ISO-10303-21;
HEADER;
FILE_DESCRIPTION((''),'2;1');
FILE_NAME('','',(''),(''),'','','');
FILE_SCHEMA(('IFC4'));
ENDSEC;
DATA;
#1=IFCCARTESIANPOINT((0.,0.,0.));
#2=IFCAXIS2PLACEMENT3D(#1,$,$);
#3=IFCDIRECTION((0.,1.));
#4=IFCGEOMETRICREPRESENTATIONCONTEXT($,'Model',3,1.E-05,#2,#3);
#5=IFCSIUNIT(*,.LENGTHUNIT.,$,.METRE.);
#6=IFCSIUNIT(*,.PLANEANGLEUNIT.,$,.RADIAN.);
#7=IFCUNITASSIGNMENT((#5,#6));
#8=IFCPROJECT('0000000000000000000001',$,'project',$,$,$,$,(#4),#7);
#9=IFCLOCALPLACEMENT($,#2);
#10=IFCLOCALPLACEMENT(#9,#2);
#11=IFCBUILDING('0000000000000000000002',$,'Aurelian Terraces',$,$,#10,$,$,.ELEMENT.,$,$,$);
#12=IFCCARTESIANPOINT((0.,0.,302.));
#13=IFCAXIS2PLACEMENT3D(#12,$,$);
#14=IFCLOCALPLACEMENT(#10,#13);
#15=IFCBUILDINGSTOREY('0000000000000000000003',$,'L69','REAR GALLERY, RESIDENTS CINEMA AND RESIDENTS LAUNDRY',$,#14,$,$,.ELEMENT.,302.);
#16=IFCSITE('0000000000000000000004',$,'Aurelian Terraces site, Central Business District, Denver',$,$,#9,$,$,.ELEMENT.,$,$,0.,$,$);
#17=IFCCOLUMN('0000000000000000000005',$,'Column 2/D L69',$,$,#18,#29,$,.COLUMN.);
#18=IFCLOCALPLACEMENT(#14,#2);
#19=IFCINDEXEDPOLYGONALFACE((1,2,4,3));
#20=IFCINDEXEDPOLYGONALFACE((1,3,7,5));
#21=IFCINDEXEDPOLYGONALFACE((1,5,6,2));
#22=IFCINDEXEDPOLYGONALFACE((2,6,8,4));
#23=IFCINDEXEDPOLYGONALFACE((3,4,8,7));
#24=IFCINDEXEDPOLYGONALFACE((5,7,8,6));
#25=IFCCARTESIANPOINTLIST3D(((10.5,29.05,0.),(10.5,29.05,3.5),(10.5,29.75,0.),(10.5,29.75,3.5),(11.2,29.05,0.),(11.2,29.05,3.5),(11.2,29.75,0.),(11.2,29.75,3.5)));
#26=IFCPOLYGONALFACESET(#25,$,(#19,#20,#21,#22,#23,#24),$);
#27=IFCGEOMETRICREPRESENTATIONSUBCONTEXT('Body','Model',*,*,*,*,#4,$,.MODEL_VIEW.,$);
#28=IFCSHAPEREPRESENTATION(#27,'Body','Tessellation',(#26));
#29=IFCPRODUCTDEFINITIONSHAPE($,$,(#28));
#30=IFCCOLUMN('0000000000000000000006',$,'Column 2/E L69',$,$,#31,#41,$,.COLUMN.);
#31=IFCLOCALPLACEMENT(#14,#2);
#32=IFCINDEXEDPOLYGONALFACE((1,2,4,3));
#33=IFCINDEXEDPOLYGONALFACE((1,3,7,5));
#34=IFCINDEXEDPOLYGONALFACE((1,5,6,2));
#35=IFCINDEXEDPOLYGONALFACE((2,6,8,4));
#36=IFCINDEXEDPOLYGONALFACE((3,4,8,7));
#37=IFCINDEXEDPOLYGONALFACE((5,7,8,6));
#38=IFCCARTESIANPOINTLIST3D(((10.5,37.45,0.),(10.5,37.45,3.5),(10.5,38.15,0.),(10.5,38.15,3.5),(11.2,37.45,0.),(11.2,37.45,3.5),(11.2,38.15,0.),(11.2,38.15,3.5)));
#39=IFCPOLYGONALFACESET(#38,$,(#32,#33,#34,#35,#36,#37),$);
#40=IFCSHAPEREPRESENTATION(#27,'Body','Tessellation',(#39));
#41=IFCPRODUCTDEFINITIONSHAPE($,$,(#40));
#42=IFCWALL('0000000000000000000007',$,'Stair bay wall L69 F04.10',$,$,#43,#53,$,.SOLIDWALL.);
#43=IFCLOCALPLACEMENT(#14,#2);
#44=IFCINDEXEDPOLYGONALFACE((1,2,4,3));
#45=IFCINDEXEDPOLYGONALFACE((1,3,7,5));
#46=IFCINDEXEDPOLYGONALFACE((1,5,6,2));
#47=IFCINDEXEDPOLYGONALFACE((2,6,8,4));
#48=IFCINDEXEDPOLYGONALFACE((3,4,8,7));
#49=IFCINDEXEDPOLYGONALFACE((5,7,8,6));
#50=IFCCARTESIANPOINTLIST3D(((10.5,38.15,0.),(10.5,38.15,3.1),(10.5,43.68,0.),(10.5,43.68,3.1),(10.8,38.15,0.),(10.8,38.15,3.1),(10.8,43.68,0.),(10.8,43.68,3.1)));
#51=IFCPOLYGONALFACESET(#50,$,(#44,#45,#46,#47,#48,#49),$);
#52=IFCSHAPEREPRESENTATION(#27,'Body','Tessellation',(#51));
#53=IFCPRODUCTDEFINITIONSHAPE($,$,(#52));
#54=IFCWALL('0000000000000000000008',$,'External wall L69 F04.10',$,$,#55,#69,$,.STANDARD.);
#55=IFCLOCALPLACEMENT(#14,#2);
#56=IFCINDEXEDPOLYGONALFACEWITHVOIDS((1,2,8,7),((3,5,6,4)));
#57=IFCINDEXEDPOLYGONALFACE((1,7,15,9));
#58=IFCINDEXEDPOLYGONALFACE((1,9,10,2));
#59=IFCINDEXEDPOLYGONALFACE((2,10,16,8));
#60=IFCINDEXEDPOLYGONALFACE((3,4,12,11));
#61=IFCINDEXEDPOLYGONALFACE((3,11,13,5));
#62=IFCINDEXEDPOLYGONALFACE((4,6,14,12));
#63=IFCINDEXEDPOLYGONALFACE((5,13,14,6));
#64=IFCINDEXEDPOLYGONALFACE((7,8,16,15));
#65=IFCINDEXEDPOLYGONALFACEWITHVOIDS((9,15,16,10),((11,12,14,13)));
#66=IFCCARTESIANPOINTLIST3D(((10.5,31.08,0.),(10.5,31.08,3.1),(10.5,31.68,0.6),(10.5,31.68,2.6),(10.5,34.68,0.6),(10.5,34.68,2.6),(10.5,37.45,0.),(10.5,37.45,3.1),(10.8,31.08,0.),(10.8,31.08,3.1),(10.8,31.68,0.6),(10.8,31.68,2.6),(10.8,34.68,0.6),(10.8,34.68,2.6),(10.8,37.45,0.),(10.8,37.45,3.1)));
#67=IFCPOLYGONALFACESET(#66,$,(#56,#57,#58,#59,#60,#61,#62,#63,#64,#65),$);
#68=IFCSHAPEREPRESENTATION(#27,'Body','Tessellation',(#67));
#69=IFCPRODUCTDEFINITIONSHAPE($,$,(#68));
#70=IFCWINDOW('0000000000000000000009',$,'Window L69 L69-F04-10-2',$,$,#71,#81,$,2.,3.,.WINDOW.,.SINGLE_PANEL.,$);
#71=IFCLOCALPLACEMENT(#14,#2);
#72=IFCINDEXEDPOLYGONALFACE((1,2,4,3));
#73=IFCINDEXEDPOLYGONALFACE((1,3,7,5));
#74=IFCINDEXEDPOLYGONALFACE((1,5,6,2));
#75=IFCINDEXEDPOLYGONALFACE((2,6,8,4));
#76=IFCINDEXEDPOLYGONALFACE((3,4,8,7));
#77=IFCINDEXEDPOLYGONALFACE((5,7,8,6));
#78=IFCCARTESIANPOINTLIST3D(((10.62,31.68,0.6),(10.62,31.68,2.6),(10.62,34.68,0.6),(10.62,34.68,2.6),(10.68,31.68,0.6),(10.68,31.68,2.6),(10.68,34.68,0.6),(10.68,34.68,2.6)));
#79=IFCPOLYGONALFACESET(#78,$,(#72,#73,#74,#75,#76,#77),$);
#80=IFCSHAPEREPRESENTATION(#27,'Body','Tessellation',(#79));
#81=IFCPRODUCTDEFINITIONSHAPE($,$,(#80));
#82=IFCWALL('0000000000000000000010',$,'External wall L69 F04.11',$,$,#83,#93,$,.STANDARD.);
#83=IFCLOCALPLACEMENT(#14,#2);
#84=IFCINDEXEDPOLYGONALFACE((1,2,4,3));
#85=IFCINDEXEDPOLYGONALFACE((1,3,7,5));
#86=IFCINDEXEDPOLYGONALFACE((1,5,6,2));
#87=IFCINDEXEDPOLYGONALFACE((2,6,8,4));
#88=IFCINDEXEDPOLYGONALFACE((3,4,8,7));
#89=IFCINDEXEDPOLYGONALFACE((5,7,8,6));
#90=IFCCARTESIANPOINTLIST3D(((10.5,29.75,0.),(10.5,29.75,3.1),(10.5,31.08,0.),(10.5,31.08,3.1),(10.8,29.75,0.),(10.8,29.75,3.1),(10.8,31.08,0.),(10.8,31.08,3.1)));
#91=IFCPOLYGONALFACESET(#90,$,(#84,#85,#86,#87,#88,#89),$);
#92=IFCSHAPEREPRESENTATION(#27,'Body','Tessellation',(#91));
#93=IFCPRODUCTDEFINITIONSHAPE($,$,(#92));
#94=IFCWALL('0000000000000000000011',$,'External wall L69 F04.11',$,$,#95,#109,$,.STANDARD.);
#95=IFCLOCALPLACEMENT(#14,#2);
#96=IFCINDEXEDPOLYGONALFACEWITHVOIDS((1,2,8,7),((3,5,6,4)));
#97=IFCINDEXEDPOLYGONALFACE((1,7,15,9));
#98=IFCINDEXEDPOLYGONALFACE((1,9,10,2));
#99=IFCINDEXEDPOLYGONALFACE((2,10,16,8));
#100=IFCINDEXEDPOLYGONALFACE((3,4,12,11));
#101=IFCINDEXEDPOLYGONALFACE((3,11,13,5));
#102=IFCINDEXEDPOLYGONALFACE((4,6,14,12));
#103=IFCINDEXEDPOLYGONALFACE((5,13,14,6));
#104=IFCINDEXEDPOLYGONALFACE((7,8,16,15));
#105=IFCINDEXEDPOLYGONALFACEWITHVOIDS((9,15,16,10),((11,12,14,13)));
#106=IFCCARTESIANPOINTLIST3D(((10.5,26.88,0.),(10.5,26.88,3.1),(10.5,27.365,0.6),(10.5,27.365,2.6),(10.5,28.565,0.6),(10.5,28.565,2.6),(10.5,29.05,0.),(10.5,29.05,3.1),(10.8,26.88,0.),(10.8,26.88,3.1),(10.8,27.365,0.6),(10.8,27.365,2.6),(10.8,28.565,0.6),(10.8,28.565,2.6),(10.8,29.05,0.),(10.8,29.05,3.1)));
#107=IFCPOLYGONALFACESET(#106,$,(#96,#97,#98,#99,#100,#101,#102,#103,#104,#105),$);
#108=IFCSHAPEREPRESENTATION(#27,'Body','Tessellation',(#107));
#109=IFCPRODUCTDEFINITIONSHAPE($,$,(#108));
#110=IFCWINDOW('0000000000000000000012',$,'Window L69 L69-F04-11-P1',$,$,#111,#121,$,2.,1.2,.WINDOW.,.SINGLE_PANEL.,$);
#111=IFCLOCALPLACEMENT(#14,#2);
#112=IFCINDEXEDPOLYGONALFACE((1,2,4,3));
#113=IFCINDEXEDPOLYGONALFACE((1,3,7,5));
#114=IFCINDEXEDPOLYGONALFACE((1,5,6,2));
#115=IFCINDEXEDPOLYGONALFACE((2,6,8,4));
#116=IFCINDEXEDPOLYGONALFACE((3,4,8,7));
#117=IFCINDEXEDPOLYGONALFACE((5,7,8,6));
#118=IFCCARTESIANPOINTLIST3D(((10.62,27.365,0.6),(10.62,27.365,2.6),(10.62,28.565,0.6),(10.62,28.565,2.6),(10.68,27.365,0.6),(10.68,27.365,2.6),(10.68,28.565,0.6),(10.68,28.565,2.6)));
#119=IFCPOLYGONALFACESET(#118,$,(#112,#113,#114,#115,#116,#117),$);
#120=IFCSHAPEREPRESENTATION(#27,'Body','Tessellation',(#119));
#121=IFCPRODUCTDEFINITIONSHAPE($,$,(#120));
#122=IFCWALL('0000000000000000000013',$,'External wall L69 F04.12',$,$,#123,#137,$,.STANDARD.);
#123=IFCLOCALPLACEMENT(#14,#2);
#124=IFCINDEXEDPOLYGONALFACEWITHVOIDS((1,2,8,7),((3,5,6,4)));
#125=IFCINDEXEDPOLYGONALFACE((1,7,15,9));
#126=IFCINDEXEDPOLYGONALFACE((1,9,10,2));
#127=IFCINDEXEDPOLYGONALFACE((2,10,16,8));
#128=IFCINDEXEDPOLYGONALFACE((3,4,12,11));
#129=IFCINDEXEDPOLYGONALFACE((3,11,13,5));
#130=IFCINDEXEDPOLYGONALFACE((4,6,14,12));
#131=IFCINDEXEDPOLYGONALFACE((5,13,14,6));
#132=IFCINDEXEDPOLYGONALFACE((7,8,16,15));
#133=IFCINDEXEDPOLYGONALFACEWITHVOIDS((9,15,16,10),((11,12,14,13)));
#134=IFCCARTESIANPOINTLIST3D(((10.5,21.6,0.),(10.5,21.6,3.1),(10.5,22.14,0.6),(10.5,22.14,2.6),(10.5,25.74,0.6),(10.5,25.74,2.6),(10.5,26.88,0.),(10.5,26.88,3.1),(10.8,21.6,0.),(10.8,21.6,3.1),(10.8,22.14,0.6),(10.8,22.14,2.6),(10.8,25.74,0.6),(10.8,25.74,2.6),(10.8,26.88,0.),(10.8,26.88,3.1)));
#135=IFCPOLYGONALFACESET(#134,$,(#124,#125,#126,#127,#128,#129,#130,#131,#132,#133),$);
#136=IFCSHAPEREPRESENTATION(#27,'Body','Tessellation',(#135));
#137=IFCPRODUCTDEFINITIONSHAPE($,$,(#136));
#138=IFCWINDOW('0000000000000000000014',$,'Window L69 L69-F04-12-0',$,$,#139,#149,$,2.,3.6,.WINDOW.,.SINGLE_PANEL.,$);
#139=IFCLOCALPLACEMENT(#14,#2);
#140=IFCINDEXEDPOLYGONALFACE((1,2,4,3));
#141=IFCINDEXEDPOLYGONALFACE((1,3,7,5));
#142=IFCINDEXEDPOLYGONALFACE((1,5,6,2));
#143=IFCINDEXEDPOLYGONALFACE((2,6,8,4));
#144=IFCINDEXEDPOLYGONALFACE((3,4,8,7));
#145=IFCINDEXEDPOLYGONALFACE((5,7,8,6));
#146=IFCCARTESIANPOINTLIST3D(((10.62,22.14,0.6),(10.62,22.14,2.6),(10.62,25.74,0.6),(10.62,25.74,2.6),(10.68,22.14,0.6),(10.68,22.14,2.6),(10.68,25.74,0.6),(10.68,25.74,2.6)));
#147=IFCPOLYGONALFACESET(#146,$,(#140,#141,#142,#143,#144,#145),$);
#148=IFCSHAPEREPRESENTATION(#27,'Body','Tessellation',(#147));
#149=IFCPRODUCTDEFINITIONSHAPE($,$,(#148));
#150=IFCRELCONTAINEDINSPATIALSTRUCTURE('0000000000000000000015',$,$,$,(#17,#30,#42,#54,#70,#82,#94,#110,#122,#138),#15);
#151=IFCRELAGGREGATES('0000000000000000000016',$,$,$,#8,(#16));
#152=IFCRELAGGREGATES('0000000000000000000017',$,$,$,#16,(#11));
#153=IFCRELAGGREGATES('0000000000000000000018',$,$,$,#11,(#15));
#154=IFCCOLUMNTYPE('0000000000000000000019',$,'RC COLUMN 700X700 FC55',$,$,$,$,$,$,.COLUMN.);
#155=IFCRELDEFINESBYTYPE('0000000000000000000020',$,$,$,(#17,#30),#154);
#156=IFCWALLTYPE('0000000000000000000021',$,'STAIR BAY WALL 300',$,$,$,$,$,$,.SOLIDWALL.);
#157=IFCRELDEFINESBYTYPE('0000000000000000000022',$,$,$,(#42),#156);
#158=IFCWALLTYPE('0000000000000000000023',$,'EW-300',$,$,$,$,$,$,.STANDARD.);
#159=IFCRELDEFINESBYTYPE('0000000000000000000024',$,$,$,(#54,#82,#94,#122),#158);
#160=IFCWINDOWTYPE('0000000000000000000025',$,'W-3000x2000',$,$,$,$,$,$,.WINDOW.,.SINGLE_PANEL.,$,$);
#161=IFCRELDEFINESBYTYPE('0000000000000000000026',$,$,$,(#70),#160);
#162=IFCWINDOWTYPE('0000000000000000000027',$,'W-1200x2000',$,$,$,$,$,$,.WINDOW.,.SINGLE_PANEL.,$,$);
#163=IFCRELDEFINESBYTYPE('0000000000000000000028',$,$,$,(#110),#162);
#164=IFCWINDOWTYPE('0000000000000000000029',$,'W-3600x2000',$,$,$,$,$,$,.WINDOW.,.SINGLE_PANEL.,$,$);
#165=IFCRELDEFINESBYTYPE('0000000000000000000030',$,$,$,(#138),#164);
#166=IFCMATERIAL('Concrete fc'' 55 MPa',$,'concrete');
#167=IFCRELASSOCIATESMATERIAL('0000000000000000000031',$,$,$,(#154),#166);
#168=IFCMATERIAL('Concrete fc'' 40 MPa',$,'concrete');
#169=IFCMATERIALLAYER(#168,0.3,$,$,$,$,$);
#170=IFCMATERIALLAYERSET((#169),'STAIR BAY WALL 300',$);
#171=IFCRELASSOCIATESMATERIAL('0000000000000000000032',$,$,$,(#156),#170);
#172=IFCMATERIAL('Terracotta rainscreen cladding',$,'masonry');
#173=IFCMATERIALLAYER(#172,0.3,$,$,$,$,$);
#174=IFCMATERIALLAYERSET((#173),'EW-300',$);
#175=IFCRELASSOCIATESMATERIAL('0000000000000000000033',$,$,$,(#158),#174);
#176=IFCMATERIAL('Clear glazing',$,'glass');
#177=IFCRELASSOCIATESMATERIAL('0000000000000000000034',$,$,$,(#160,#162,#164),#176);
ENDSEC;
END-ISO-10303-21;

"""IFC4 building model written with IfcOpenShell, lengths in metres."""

from ifc_helpers import new_model, si_unit, direction, frame, frame_2d, origin, origin_2d, place, context, subcontext, project, spatial, rectangle, extrude, source, transform, mapped, material, layer, layer_set, material_profile, profile_set, type_object, element, fill, save


model = new_model("IFC4")

# Units and contexts
model_context = context("Model", 3, precision=1e-05, world=origin(), true_north=direction((0.0, 1.0)))
body_context = subcontext(model_context, "Body", "Model", "MODEL_VIEW")
ifc_project = project(units=[si_unit("LENGTHUNIT", "METRE"), si_unit("PLANEANGLEUNIT", "RADIAN")], contexts=[model_context])

# Site, building, storey
site_placement = place(None, origin())
site = spatial("IfcSite", under=ifc_project, at=site_placement, Name="Aurelian Terraces site, Central Business District, Denver", CompositionType="ELEMENT", RefElevation=0.0)
building_placement = place(site_placement, origin())
building = spatial("IfcBuilding", under=site, at=building_placement, Name="Aurelian Terraces", CompositionType="ELEMENT")
storey_placement = place(building_placement, frame((0.0, 0.0, 302.0)))
storey = spatial("IfcBuildingStorey", under=building, at=storey_placement, Name="L69", Description="REAR GALLERY, RESIDENTS CINEMA AND RESIDENTS LAUNDRY", CompositionType="ELEMENT", Elevation=302.0)

# Columns
ifc_material_1 = material(Name="Concrete fc' 55 MPa", Category="concrete")
ifc_material_profile = material_profile(ifc_material_1, rectangle(XDim=0.7, YDim=0.7, at=origin_2d()))
ifc_profile_set = profile_set([ifc_material_profile], Name="Concrete fc' 55 MPa")
column_type = type_object("IfcColumnType", Name="RC COLUMN 700X700 FC55", PredefinedType="COLUMN", material=ifc_profile_set)
shared_shape_1 = source(origin(), body_context, "Body", "SweptSolid", [
    extrude(rectangle(XDim=0.7, YDim=0.7, at=origin_2d()), origin(), (0.0, 0.0, 1.0), 3.5),
])
for number, where, z_axis, x_axis, name in (
    (1, (10.85, 29.4, 0.0), (0.0, 0.0, 1.0), (1.0, 0.0, 0.0), "Column 2/D L69"),
    (2, (10.85, 37.8, 0.0), (0.0, 0.0, 1.0), (1.0, 0.0, 0.0), "Column 2/E L69"),
):
    element("IfcColumn", number, at=place(storey_placement, frame(where, z_axis=z_axis, x_axis=x_axis)), inside=storey, type_object=column_type, Name=name, PredefinedType="COLUMN", context=body_context, shape_type="MappedRepresentation", body=[
        mapped(shared_shape_1, transform((0.0, 0.0, 0.0), scale=1.0)),
    ])

# Wall
ifc_material_2 = material(Name="Concrete fc' 40 MPa", Category="concrete")
ifc_layer_1 = layer(ifc_material_2, 0.3)
ifc_layer_set_1 = layer_set([ifc_layer_1], Name="STAIR BAY WALL 300")
wall_type_1 = type_object("IfcWallType", Name="STAIR BAY WALL 300", PredefinedType="SOLIDWALL", material=ifc_layer_set_1)
shared_shape_2 = source(origin(), body_context, "Body", "SweptSolid", [
    extrude(rectangle(XDim=5.53, YDim=0.3, at=frame_2d((2.765, 0.0))), origin(), (0.0, 0.0, 1.0), 3.1),
])
wall_1_placement = place(storey_placement, frame((10.65, 43.68, 0.0), z_axis=(0.0, 0.0, 1.0), x_axis=(0.0, -1.0, 0.0)))
element("IfcWall", 3, at=wall_1_placement, inside=storey, type_object=wall_type_1, Name="Stair bay wall L69 F04.10", PredefinedType="SOLIDWALL", context=body_context, shape_type="MappedRepresentation", body=[
    mapped(shared_shape_2, transform((0.0, 0.0, 0.0), scale=1.0)),
])

# Wall, opening, window
ifc_material_3 = material(Name="Terracotta rainscreen cladding", Category="masonry")
ifc_layer_2 = layer(ifc_material_3, 0.3)
ifc_layer_set_2 = layer_set([ifc_layer_2], Name="EW-300")
wall_type_2 = type_object("IfcWallType", Name="EW-300", PredefinedType="STANDARD", material=ifc_layer_set_2)
shared_shape_3 = source(origin(), body_context, "Body", "SweptSolid", [
    extrude(rectangle(XDim=6.37, YDim=0.3, at=frame_2d((3.185, 0.0))), origin(), (0.0, 0.0, 1.0), 3.1),
])
wall_2_placement = place(storey_placement, frame((10.65, 37.45, 0.0), z_axis=(0.0, 0.0, 1.0), x_axis=(0.0, -1.0, 0.0)))
wall_2 = element("IfcWall", 4, at=wall_2_placement, inside=storey, type_object=wall_type_2, Name="External wall L69 F04.10", PredefinedType="STANDARD", context=body_context, shape_type="MappedRepresentation", body=[
    mapped(shared_shape_3, transform((0.0, 0.0, 0.0), scale=1.0)),
])
shared_shape_4 = source(origin(), body_context, "Body", "SweptSolid", [
    extrude(rectangle(XDim=3.0, YDim=2.0, at=frame_2d((1.5, 1.0))), frame((0.0, 0.16, 0.0), z_axis=(0.0, -1.0, 0.0), x_axis=(1.0, 0.0, 0.0)), (0.0, 0.0, 1.0), 0.32),
])
opening_1_placement = place(wall_2_placement, frame((2.77, 0.0, 0.6)))
opening_1 = element("IfcOpeningElement", 5, at=opening_1_placement, cuts=wall_2, PredefinedType="OPENING", context=body_context, shape_type="MappedRepresentation", body=[
    mapped(shared_shape_4, transform((0.0, 0.0, 0.0), scale=1.0)),
])
ifc_material_4 = material(Name="Clear glazing", Category="glass")
window_type_1 = type_object("IfcWindowType", Name="W-3000x2000", PartitioningType="SINGLE_PANEL", PredefinedType="WINDOW", material=ifc_material_4)
shared_shape_5 = source(origin(), body_context, "Body", "SweptSolid", [
    extrude(rectangle(XDim=3.0, YDim=2.0, at=frame_2d((1.5, 1.0))), frame((0.0, 0.03, 0.0), z_axis=(0.0, -1.0, 0.0), x_axis=(1.0, 0.0, 0.0)), (0.0, 0.0, 1.0), 0.06),
])
window_1_placement = place(opening_1_placement, origin())
window_1 = element("IfcWindow", 6, at=window_1_placement, inside=storey, type_object=window_type_1, Name="Window L69 L69-F04-10-2", OverallHeight=2.0, OverallWidth=3.0, PartitioningType="SINGLE_PANEL", PredefinedType="WINDOW", context=body_context, shape_type="MappedRepresentation", body=[
    mapped(shared_shape_5, transform((0.0, 0.0, 0.0), scale=1.0)),
])
fill(opening_1, window_1)

# Wall
shared_shape_6 = source(origin(), body_context, "Body", "SweptSolid", [
    extrude(rectangle(XDim=1.33, YDim=0.3, at=frame_2d((0.665, 0.0))), origin(), (0.0, 0.0, 1.0), 3.1),
])
wall_3_placement = place(storey_placement, frame((10.65, 31.08, 0.0), z_axis=(0.0, 0.0, 1.0), x_axis=(0.0, -1.0, 0.0)))
element("IfcWall", 7, at=wall_3_placement, inside=storey, type_object=wall_type_2, Name="External wall L69 F04.11", PredefinedType="STANDARD", context=body_context, shape_type="MappedRepresentation", body=[
    mapped(shared_shape_6, transform((0.0, 0.0, 0.0), scale=1.0)),
])

# Walls, openings, windows
shared_shape_7 = source(origin(), body_context, "Body", "SweptSolid", [
    extrude(rectangle(XDim=2.17, YDim=0.3, at=frame_2d((1.085, 0.0))), origin(), (0.0, 0.0, 1.0), 3.1),
])
wall_4_placement = place(storey_placement, frame((10.65, 29.05, 0.0), z_axis=(0.0, 0.0, 1.0), x_axis=(0.0, -1.0, 0.0)))
wall_4 = element("IfcWall", 8, at=wall_4_placement, inside=storey, type_object=wall_type_2, Name="External wall L69 F04.11", PredefinedType="STANDARD", context=body_context, shape_type="MappedRepresentation", body=[
    mapped(shared_shape_7, transform((0.0, 0.0, 0.0), scale=1.0)),
])
shared_shape_8 = source(origin(), body_context, "Body", "SweptSolid", [
    extrude(rectangle(XDim=1.2, YDim=2.0, at=frame_2d((0.6, 1.0))), frame((0.0, 0.16, 0.0), z_axis=(0.0, -1.0, 0.0), x_axis=(1.0, 0.0, 0.0)), (0.0, 0.0, 1.0), 0.32),
])
opening_2_placement = place(wall_4_placement, frame((0.485, 0.0, 0.6)))
opening_2 = element("IfcOpeningElement", 9, at=opening_2_placement, cuts=wall_4, PredefinedType="OPENING", context=body_context, shape_type="MappedRepresentation", body=[
    mapped(shared_shape_8, transform((0.0, 0.0, 0.0), scale=1.0)),
])
window_type_2 = type_object("IfcWindowType", Name="W-1200x2000", PartitioningType="SINGLE_PANEL", PredefinedType="WINDOW", material=ifc_material_4)
shared_shape_9 = source(origin(), body_context, "Body", "SweptSolid", [
    extrude(rectangle(XDim=1.2, YDim=2.0, at=frame_2d((0.6, 1.0))), frame((0.0, 0.03, 0.0), z_axis=(0.0, -1.0, 0.0), x_axis=(1.0, 0.0, 0.0)), (0.0, 0.0, 1.0), 0.06),
])
window_2_placement = place(opening_2_placement, origin())
window_2 = element("IfcWindow", 10, at=window_2_placement, inside=storey, type_object=window_type_2, Name="Window L69 L69-F04-11-P1", OverallHeight=2.0, OverallWidth=1.2, PartitioningType="SINGLE_PANEL", PredefinedType="WINDOW", context=body_context, shape_type="MappedRepresentation", body=[
    mapped(shared_shape_9, transform((0.0, 0.0, 0.0), scale=1.0)),
])
fill(opening_2, window_2)
shared_shape_10 = source(origin(), body_context, "Body", "SweptSolid", [
    extrude(rectangle(XDim=5.28, YDim=0.3, at=frame_2d((2.64, 0.0))), origin(), (0.0, 0.0, 1.0), 3.1),
])
wall_5_placement = place(storey_placement, frame((10.65, 26.88, 0.0), z_axis=(0.0, 0.0, 1.0), x_axis=(0.0, -1.0, 0.0)))
wall_5 = element("IfcWall", 11, at=wall_5_placement, inside=storey, type_object=wall_type_2, Name="External wall L69 F04.12", PredefinedType="STANDARD", context=body_context, shape_type="MappedRepresentation", body=[
    mapped(shared_shape_10, transform((0.0, 0.0, 0.0), scale=1.0)),
])
shared_shape_11 = source(origin(), body_context, "Body", "SweptSolid", [
    extrude(rectangle(XDim=3.6, YDim=2.0, at=frame_2d((1.8, 1.0))), frame((0.0, 0.16, 0.0), z_axis=(0.0, -1.0, 0.0), x_axis=(1.0, 0.0, 0.0)), (0.0, 0.0, 1.0), 0.32),
])
opening_3_placement = place(wall_5_placement, frame((1.14, 0.0, 0.6)))
opening_3 = element("IfcOpeningElement", 12, at=opening_3_placement, cuts=wall_5, PredefinedType="OPENING", context=body_context, shape_type="MappedRepresentation", body=[
    mapped(shared_shape_11, transform((0.0, 0.0, 0.0), scale=1.0)),
])
window_type_3 = type_object("IfcWindowType", Name="W-3600x2000", PartitioningType="SINGLE_PANEL", PredefinedType="WINDOW", material=ifc_material_4)
shared_shape_12 = source(origin(), body_context, "Body", "SweptSolid", [
    extrude(rectangle(XDim=3.6, YDim=2.0, at=frame_2d((1.8, 1.0))), frame((0.0, 0.03, 0.0), z_axis=(0.0, -1.0, 0.0), x_axis=(1.0, 0.0, 0.0)), (0.0, 0.0, 1.0), 0.06),
])
window_3_placement = place(opening_3_placement, origin())
window_3 = element("IfcWindow", 13, at=window_3_placement, inside=storey, type_object=window_type_3, Name="Window L69 L69-F04-12-0", OverallHeight=2.0, OverallWidth=3.6, PartitioningType="SINGLE_PANEL", PredefinedType="WINDOW", context=body_context, shape_type="MappedRepresentation", body=[
    mapped(shared_shape_12, transform((0.0, 0.0, 0.0), scale=1.0)),
])
fill(opening_3, window_3)

save(model, "model.ifc")
